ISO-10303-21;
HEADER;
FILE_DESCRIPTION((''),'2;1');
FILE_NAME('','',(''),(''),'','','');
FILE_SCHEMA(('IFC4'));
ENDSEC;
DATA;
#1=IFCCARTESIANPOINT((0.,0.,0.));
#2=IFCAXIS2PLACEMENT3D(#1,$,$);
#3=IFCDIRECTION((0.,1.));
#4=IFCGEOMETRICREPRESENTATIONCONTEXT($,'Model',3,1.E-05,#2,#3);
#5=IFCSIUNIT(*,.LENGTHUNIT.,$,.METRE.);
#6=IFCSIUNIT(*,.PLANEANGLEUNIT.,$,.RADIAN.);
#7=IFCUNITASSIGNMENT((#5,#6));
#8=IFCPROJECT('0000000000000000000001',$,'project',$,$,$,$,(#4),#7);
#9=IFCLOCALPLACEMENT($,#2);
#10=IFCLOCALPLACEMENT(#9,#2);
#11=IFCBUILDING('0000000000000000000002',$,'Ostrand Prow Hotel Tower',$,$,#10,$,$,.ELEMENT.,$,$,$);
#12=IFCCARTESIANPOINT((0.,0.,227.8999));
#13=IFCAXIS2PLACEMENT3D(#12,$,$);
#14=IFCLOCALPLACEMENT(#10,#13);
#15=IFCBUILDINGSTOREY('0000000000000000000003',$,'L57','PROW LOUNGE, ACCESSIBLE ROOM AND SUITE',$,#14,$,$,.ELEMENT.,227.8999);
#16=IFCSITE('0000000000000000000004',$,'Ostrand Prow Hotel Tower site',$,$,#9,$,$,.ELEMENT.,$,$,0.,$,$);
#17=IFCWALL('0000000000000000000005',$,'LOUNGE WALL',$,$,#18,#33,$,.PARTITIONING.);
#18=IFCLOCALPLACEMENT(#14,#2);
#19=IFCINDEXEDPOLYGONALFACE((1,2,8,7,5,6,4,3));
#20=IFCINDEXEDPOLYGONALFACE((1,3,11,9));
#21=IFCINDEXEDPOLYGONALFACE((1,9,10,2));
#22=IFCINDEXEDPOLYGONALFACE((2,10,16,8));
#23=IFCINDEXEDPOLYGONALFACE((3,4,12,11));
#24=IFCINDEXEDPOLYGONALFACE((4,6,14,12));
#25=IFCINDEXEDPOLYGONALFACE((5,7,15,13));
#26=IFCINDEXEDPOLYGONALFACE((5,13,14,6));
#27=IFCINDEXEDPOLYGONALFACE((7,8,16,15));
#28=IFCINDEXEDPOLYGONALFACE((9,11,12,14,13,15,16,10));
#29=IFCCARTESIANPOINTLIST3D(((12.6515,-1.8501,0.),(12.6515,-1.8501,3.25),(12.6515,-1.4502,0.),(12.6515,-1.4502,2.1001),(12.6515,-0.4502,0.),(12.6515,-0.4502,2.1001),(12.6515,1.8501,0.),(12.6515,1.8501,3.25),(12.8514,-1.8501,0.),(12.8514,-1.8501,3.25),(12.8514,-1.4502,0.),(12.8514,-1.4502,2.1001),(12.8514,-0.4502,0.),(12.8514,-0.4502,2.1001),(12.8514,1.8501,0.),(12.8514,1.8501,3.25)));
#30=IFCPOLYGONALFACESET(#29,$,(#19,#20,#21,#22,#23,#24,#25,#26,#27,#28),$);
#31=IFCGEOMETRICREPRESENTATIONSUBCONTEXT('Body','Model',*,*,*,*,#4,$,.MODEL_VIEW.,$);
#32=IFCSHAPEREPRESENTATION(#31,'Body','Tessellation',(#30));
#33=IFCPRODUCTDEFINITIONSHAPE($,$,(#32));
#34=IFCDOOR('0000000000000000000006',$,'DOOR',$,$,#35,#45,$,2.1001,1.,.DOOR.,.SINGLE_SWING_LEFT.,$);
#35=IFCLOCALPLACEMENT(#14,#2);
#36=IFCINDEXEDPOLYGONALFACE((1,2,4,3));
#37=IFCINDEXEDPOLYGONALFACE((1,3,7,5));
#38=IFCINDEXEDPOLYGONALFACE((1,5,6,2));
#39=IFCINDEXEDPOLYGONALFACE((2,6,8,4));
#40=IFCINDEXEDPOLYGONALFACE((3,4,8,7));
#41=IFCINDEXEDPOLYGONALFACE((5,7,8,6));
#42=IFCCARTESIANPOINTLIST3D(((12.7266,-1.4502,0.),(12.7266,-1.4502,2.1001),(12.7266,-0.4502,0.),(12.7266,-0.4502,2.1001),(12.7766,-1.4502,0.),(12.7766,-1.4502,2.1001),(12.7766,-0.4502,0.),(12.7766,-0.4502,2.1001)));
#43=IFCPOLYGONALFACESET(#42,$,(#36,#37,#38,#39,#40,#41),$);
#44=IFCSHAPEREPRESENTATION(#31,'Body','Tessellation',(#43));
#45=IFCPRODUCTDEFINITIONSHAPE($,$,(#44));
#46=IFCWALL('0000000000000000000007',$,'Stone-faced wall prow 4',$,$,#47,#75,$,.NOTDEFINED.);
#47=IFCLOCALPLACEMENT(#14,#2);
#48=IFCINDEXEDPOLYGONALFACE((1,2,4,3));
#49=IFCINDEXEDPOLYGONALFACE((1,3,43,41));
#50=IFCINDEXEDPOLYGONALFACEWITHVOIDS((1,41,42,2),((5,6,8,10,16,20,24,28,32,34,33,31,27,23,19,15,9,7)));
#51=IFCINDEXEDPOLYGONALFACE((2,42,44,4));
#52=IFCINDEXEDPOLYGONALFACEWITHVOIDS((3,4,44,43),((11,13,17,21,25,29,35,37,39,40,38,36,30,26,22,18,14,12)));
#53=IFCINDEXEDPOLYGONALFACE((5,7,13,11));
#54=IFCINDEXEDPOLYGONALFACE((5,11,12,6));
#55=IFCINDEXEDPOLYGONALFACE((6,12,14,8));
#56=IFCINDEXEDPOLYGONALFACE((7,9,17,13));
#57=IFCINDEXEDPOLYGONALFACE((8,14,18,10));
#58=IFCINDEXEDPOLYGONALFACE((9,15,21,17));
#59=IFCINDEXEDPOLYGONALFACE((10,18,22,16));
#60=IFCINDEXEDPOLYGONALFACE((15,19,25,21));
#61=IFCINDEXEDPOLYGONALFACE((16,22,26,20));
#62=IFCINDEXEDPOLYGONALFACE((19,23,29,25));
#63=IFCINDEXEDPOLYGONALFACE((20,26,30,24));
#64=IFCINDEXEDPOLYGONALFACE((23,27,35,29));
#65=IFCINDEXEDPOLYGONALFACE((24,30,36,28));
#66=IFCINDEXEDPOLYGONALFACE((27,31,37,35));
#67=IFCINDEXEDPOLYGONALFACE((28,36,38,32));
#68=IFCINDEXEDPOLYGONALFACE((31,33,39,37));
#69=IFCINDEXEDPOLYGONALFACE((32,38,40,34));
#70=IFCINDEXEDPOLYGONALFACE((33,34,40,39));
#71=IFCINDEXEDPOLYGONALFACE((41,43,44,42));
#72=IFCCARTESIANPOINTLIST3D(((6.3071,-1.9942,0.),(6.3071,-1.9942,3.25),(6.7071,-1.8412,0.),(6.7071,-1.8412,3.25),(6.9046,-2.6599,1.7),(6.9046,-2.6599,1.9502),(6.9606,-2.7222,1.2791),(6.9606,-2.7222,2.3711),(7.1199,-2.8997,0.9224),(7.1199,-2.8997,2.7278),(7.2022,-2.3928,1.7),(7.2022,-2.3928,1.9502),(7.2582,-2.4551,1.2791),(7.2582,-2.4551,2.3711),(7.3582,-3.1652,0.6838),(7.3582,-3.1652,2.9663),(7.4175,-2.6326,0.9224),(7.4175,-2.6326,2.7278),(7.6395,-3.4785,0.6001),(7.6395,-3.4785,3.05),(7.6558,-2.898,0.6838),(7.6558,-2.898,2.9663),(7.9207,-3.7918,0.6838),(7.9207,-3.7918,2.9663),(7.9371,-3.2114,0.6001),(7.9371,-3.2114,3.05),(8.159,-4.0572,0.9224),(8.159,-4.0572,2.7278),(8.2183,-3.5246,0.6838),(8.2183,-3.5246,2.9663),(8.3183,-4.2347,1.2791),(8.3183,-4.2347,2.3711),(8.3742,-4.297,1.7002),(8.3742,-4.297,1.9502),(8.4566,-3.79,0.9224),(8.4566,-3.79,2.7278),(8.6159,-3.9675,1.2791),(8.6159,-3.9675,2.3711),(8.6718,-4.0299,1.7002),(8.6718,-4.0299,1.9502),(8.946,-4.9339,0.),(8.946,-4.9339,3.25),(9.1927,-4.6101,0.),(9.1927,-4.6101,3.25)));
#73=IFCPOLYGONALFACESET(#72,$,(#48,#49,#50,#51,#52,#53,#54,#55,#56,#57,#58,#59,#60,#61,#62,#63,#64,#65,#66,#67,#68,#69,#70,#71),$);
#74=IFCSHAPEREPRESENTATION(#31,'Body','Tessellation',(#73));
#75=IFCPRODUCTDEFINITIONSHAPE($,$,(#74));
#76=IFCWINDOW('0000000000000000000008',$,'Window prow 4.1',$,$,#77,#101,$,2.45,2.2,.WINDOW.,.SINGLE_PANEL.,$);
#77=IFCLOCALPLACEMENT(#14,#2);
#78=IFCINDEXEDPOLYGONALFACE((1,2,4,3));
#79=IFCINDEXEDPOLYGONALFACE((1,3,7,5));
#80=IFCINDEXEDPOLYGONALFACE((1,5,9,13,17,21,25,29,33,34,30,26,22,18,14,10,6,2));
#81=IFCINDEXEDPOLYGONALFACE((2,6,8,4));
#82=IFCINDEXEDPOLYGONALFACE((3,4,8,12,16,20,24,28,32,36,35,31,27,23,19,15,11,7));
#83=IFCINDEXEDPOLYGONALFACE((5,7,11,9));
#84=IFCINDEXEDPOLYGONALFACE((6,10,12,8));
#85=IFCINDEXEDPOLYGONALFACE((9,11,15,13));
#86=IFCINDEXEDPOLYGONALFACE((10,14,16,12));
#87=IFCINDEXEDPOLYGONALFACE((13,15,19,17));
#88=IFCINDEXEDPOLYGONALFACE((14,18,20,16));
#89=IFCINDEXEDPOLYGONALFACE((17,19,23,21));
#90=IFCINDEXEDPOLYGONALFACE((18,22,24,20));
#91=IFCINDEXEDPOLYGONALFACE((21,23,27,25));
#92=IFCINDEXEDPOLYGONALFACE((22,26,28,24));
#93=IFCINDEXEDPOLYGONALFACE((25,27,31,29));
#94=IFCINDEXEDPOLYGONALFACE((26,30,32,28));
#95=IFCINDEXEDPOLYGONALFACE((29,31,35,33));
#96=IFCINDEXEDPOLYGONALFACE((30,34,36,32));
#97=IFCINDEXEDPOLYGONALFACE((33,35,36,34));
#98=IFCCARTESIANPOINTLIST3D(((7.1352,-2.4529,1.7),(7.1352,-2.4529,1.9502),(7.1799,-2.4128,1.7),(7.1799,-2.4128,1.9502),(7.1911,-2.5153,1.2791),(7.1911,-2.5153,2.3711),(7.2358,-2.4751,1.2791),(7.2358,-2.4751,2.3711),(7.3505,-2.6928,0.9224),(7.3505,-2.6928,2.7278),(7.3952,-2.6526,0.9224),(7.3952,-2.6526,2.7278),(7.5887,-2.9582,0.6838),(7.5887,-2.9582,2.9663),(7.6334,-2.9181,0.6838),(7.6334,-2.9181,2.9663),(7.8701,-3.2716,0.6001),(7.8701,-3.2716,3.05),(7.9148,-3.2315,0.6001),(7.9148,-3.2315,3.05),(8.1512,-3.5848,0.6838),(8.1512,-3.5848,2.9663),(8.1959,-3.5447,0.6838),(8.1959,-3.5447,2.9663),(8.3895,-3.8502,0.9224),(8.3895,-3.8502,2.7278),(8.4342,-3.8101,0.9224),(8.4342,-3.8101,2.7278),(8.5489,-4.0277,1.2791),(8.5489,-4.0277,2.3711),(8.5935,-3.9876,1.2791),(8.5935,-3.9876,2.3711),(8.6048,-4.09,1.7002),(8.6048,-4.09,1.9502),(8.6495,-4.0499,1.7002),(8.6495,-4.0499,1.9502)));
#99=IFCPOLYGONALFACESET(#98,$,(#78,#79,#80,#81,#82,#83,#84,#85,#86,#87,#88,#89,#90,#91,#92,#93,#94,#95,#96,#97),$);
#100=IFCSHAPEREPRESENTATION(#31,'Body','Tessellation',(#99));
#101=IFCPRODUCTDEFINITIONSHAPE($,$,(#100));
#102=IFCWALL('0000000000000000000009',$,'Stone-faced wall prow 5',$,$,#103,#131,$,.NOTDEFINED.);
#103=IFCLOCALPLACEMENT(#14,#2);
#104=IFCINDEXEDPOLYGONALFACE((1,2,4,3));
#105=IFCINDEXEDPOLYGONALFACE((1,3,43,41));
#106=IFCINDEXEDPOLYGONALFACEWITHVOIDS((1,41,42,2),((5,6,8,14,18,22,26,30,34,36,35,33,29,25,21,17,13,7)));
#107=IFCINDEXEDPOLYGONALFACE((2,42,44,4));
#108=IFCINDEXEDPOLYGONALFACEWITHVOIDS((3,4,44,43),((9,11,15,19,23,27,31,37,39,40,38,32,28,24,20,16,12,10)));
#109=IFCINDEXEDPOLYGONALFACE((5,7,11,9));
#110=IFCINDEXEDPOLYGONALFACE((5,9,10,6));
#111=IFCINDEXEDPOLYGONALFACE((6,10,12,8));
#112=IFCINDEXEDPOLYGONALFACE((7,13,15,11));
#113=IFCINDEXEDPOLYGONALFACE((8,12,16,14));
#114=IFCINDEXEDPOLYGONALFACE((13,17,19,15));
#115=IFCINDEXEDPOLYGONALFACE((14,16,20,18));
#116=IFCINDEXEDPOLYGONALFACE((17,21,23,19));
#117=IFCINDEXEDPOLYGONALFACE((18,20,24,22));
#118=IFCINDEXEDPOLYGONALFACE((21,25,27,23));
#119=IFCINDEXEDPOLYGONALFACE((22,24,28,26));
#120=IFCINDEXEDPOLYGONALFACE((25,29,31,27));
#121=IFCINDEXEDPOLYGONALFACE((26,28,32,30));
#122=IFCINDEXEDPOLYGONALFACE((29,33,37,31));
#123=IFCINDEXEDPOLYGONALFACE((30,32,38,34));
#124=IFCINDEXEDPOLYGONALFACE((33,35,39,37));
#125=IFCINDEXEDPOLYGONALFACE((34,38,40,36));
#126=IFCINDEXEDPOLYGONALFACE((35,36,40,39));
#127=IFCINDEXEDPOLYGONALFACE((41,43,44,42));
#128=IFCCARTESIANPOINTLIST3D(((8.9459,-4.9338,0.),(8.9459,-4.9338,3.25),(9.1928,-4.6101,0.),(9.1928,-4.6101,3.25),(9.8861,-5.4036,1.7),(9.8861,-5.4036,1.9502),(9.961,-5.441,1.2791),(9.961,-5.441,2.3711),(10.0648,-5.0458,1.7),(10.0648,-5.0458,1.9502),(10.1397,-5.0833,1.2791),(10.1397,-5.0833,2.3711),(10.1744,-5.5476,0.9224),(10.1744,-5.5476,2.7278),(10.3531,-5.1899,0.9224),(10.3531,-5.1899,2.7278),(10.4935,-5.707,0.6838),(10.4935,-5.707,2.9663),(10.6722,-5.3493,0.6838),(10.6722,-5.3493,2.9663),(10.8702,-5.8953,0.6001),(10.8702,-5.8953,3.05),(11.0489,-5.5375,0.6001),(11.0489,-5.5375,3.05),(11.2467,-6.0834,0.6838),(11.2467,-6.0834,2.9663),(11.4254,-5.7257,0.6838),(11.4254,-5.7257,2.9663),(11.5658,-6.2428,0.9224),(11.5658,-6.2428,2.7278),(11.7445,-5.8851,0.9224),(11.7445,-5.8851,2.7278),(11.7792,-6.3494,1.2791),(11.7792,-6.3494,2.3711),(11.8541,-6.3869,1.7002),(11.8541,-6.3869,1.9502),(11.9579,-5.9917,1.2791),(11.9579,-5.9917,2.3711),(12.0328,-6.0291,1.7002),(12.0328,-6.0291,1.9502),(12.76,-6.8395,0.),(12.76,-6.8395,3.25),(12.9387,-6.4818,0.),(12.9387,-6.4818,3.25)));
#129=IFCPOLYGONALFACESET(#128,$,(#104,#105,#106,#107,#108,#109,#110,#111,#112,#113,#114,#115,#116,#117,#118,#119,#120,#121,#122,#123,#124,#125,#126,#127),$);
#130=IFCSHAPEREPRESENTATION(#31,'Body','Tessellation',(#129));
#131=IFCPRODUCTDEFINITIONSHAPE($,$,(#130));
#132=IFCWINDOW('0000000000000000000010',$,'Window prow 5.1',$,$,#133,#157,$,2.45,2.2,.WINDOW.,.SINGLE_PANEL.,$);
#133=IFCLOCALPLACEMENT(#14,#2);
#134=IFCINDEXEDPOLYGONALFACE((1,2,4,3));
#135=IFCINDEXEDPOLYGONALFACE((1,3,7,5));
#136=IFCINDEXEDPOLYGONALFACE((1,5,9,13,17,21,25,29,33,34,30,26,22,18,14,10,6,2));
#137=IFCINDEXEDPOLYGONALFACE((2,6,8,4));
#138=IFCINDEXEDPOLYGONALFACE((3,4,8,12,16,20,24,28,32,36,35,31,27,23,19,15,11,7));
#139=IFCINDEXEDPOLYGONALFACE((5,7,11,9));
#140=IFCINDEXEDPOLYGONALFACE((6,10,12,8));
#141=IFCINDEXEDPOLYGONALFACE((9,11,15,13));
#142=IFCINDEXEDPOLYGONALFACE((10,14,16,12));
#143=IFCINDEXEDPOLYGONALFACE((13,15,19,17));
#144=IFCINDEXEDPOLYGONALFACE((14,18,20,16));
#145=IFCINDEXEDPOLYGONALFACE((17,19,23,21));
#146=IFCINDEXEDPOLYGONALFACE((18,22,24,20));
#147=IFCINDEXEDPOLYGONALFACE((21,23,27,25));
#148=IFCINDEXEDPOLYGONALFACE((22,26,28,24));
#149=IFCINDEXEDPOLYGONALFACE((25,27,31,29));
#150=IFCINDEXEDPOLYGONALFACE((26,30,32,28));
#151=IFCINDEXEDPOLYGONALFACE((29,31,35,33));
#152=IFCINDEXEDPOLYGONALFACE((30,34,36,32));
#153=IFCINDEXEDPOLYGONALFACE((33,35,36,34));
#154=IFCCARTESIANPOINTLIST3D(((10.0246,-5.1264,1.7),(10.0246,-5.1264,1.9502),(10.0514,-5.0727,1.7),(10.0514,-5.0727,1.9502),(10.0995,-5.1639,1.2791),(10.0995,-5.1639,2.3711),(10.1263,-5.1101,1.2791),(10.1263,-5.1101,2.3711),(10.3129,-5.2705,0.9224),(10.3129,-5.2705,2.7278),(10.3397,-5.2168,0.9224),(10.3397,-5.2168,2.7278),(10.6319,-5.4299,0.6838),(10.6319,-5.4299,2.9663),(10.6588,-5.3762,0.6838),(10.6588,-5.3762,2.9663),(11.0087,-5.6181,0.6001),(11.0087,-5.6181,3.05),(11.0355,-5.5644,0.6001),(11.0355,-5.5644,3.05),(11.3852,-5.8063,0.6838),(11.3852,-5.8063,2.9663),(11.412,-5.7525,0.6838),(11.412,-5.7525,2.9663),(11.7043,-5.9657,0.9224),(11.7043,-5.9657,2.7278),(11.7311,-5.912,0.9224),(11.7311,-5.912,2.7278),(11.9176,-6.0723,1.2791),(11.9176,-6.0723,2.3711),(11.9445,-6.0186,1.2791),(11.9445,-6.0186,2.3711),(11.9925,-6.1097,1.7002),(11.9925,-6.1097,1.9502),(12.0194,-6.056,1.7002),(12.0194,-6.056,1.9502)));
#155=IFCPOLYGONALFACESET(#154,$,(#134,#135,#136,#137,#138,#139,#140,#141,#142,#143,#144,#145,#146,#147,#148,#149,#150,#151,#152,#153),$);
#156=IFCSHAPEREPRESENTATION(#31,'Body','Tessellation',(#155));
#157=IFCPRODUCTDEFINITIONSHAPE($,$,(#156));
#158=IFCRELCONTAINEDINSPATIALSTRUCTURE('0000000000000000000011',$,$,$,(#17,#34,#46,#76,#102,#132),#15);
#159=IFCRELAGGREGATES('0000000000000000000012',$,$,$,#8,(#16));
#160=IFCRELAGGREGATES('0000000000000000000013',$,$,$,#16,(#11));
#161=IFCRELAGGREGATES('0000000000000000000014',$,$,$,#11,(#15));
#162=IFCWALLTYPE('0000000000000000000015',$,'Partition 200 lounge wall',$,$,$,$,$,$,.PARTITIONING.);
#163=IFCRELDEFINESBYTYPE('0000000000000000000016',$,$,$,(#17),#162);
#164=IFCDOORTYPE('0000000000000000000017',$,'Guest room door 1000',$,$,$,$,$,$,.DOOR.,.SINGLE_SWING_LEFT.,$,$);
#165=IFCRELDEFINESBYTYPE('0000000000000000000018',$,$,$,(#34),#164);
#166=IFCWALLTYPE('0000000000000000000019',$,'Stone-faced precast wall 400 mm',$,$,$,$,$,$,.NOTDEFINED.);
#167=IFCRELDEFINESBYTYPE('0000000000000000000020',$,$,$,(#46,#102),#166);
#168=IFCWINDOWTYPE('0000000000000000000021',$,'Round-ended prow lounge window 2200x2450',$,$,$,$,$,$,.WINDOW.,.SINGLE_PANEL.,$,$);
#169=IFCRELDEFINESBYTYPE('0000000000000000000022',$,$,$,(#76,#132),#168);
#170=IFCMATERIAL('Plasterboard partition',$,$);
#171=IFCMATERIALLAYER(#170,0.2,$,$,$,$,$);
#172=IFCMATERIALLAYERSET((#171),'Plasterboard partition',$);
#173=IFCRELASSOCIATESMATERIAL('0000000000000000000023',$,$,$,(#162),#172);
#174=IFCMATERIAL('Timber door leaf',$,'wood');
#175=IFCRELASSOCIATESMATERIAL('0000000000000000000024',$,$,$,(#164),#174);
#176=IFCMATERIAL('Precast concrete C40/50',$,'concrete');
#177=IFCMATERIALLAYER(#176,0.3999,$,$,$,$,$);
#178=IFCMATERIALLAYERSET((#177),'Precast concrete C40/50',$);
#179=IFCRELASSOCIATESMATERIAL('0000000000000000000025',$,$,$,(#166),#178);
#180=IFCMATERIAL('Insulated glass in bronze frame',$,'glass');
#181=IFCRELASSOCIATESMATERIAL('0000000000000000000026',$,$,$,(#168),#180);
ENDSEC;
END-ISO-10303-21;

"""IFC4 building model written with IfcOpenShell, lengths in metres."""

from ifc_helpers import new_model, si_unit, direction, frame, frame_2d, origin, place, context, subcontext, project, spatial, polyline, rectangle, outline, extrude, material, layer, layer_set, type_object, element, fill, save


model = new_model("IFC4")

# Units and contexts
model_context = context("Model", 3, precision=1e-05, world=origin(), true_north=direction((0.0, 1.0)))
body_context = subcontext(model_context, "Body", "Model", "MODEL_VIEW")
ifc_project = project(units=[si_unit("LENGTHUNIT", "METRE"), si_unit("PLANEANGLEUNIT", "RADIAN")], contexts=[model_context])

# Site, building, storey
site_placement = place(None, origin())
site = spatial("IfcSite", under=ifc_project, at=site_placement, Name="Ostrand Prow Hotel Tower site", CompositionType="ELEMENT", RefElevation=0.0)
building_placement = place(site_placement, origin())
building = spatial("IfcBuilding", under=site, at=building_placement, Name="Ostrand Prow Hotel Tower", CompositionType="ELEMENT")
storey_placement = place(building_placement, frame((0.0, 0.0, 227.8999)))
storey = spatial("IfcBuildingStorey", under=building, at=storey_placement, Name="L57", Description="PROW LOUNGE, ACCESSIBLE ROOM AND SUITE", CompositionType="ELEMENT", Elevation=227.8999)

# Wall, opening, door
ifc_material_1 = material(Name="Plasterboard partition")
ifc_layer_1 = layer(ifc_material_1, 0.2)
ifc_layer_set_1 = layer_set([ifc_layer_1], Name="Plasterboard partition")
wall_type_1 = type_object("IfcWallType", Name="Partition 200 lounge wall", PredefinedType="PARTITIONING", material=ifc_layer_set_1)
wall_1_placement = place(storey_placement, frame((12.7515, -1.8501, 0.0), z_axis=(0.0, 0.0, 1.0), x_axis=(0.0, 1.0, 0.0)))
wall_1 = element("IfcWall", 1, at=wall_1_placement, inside=storey, type_object=wall_type_1, Name="LOUNGE WALL", PredefinedType="PARTITIONING", context=body_context, shape_type="SweptSolid", body=[
    extrude(rectangle(XDim=3.7002, YDim=0.2, at=frame_2d((1.8501, 0.0))), origin(), (0.0, 0.0, 1.0), 3.25),
])
opening_1_placement = place(wall_1_placement, frame((0.3999, 0.0, 0.0)))
opening_1 = element("IfcOpeningElement", 2, at=opening_1_placement, cuts=wall_1, PredefinedType="OPENING", context=body_context, shape_type="SweptSolid", body=[
    extrude(rectangle(XDim=1.0, YDim=2.1001, at=frame_2d((0.5, 1.05))), frame((0.0, 0.1099, 0.0), z_axis=(0.0, -1.0, 0.0), x_axis=(1.0, 0.0, 0.0)), (0.0, 0.0, 1.0), 0.22),
])
ifc_material_2 = material(Name="Timber door leaf", Category="wood")
door_type_1 = type_object("IfcDoorType", Name="Guest room door 1000", OperationType="SINGLE_SWING_LEFT", PredefinedType="DOOR", material=ifc_material_2)
door_1_placement = place(opening_1_placement, origin())
door_1 = element("IfcDoor", 3, at=door_1_placement, inside=storey, type_object=door_type_1, Name="DOOR", OperationType="SINGLE_SWING_LEFT", OverallHeight=2.1001, OverallWidth=1.0, PredefinedType="DOOR", context=body_context, shape_type="SweptSolid", body=[
    extrude(rectangle(XDim=1.0, YDim=2.1001, at=frame_2d((0.5, 1.05))), frame((0.0, 0.0249, 0.0), z_axis=(0.0, -1.0, 0.0), x_axis=(1.0, 0.0, 0.0)), (0.0, 0.0, 1.0), 0.05),
])
fill(opening_1, door_1)

# Walls, openings, windows
ifc_material_3 = material(Name="Precast concrete C40/50", Category="concrete")
ifc_layer_2 = layer(ifc_material_3, 0.3999)
ifc_layer_set_2 = layer_set([ifc_layer_2], Name="Precast concrete C40/50")
wall_type_2 = type_object("IfcWallType", Name="Stone-faced precast wall 400 mm", PredefinedType="NOTDEFINED", material=ifc_layer_set_2)
wall_2_placement = place(storey_placement, frame((6.5071, -1.9177, 0.0), z_axis=(0.0, 0.0, 1.0), x_axis=(0.668018, -0.744145, 0.0)))
wall_2 = element("IfcWall", 4, at=wall_2_placement, inside=storey, type_object=wall_type_2, Name="Stone-faced wall prow 4", PredefinedType="NOTDEFINED", context=body_context, shape_type="SweptSolid", body=[
    extrude(outline(polyline([(-0.0767, -0.2), (3.8738, -0.2), (3.7976, 0.2), (0.0767, 0.2), (-0.0767, -0.2)])), origin(), (0.0, 0.0, 1.0), 3.25),
])
opening_2_placement = place(wall_2_placement, frame((0.8179, 0.0, 0.6001)))
opening_2 = element("IfcOpeningElement", 5, at=opening_2_placement, cuts=wall_2, PredefinedType="OPENING", context=body_context, shape_type="SweptSolid", body=[
    extrude(outline(polyline([(0.0, 1.3501), (0.0837, 1.771), (0.3223, 2.1277), (0.679, 2.3662), (1.1001, 2.45), (1.521, 2.3662), (1.8777, 2.1277), (2.1162, 1.771), (2.2, 1.3501), (2.2, 1.1001), (2.1162, 0.679), (1.8777, 0.3223), (1.521, 0.0837), (1.1001, 0.0), (0.679, 0.0837), (0.3223, 0.3223), (0.0837, 0.679), (0.0, 1.0999), (0.0, 1.3501)])), frame((0.0, 0.21, 0.0), z_axis=(0.0, -1.0, 0.0), x_axis=(1.0, 0.0, 0.0)), (0.0, 0.0, 1.0), 0.4199),
])
ifc_material_4 = material(Name="Insulated glass in bronze frame", Category="glass")
window_type = type_object("IfcWindowType", Name="Round-ended prow lounge window 2200x2450", PartitioningType="SINGLE_PANEL", PredefinedType="WINDOW", material=ifc_material_4)
window_1_placement = place(opening_2_placement, origin())
window_1 = element("IfcWindow", 6, at=window_1_placement, inside=storey, type_object=window_type, Name="Window prow 4.1", OverallHeight=2.45, OverallWidth=2.2, PartitioningType="SINGLE_PANEL", PredefinedType="WINDOW", context=body_context, shape_type="SweptSolid", body=[
    extrude(outline(polyline([(0.0, 1.3501), (0.0837, 1.771), (0.3223, 2.1277), (0.679, 2.3662), (1.1001, 2.45), (1.521, 2.3662), (1.8777, 2.1277), (2.1162, 1.771), (2.2, 1.3501), (2.2, 1.1001), (2.1162, 0.679), (1.8777, 0.3223), (1.521, 0.0837), (1.1001, 0.0), (0.679, 0.0837), (0.3223, 0.3223), (0.0837, 0.679), (0.0, 1.0999), (0.0, 1.3501)])), frame((0.0, 0.1699, 0.0), z_axis=(0.0, -1.0, 0.0), x_axis=(1.0, 0.0, 0.0)), (0.0, 0.0, 1.0), 0.0601),
])
fill(opening_2, window_1)
wall_3_placement = place(storey_placement, frame((9.0693, -4.772, 0.0), z_axis=(0.0, 0.0, 1.0), x_axis=(0.894554, -0.446959, 0.0)))
wall_3 = element("IfcWall", 7, at=wall_3_placement, inside=storey, type_object=wall_type_2, Name="Stone-faced wall prow 5", PredefinedType="NOTDEFINED", context=body_context, shape_type="SweptSolid", body=[
    extrude(outline(polyline([(-0.0381, -0.2), (4.2256, -0.2), (4.2256, 0.2), (0.0381, 0.2), (-0.0381, -0.2)])), origin(), (0.0, 0.0, 1.0), 3.25),
])
opening_3_placement = place(wall_3_placement, frame((1.0129, 0.0, 0.6001)))
opening_3 = element("IfcOpeningElement", 8, at=opening_3_placement, cuts=wall_3, PredefinedType="OPENING", context=body_context, shape_type="SweptSolid", body=[
    extrude(outline(polyline([(0.0, 1.3501), (0.0837, 1.771), (0.3223, 2.1277), (0.679, 2.3662), (1.1001, 2.45), (1.521, 2.3662), (1.8777, 2.1277), (2.1162, 1.771), (2.2, 1.3501), (2.2, 1.1001), (2.1162, 0.679), (1.8777, 0.3223), (1.521, 0.0837), (1.1001, 0.0), (0.679, 0.0837), (0.3223, 0.3223), (0.0837, 0.679), (0.0, 1.0999), (0.0, 1.3501)])), frame((0.0, 0.21, 0.0), z_axis=(0.0, -1.0, 0.0), x_axis=(1.0, 0.0, 0.0)), (0.0, 0.0, 1.0), 0.4199),
])
window_2_placement = place(opening_3_placement, origin())
window_2 = element("IfcWindow", 9, at=window_2_placement, inside=storey, type_object=window_type, Name="Window prow 5.1", OverallHeight=2.45, OverallWidth=2.2, PartitioningType="SINGLE_PANEL", PredefinedType="WINDOW", context=body_context, shape_type="SweptSolid", body=[
    extrude(outline(polyline([(0.0, 1.3501), (0.0837, 1.771), (0.3223, 2.1277), (0.679, 2.3662), (1.1001, 2.45), (1.521, 2.3662), (1.8777, 2.1277), (2.1162, 1.771), (2.2, 1.3501), (2.2, 1.1001), (2.1162, 0.679), (1.8777, 0.3223), (1.521, 0.0837), (1.1001, 0.0), (0.679, 0.0837), (0.3223, 0.3223), (0.0837, 0.679), (0.0, 1.0999), (0.0, 1.3501)])), frame((0.0, 0.1699, 0.0), z_axis=(0.0, -1.0, 0.0), x_axis=(1.0, 0.0, 0.0)), (0.0, 0.0, 1.0), 0.0601),
])
fill(opening_3, window_2)

save(model, "model.ifc")
